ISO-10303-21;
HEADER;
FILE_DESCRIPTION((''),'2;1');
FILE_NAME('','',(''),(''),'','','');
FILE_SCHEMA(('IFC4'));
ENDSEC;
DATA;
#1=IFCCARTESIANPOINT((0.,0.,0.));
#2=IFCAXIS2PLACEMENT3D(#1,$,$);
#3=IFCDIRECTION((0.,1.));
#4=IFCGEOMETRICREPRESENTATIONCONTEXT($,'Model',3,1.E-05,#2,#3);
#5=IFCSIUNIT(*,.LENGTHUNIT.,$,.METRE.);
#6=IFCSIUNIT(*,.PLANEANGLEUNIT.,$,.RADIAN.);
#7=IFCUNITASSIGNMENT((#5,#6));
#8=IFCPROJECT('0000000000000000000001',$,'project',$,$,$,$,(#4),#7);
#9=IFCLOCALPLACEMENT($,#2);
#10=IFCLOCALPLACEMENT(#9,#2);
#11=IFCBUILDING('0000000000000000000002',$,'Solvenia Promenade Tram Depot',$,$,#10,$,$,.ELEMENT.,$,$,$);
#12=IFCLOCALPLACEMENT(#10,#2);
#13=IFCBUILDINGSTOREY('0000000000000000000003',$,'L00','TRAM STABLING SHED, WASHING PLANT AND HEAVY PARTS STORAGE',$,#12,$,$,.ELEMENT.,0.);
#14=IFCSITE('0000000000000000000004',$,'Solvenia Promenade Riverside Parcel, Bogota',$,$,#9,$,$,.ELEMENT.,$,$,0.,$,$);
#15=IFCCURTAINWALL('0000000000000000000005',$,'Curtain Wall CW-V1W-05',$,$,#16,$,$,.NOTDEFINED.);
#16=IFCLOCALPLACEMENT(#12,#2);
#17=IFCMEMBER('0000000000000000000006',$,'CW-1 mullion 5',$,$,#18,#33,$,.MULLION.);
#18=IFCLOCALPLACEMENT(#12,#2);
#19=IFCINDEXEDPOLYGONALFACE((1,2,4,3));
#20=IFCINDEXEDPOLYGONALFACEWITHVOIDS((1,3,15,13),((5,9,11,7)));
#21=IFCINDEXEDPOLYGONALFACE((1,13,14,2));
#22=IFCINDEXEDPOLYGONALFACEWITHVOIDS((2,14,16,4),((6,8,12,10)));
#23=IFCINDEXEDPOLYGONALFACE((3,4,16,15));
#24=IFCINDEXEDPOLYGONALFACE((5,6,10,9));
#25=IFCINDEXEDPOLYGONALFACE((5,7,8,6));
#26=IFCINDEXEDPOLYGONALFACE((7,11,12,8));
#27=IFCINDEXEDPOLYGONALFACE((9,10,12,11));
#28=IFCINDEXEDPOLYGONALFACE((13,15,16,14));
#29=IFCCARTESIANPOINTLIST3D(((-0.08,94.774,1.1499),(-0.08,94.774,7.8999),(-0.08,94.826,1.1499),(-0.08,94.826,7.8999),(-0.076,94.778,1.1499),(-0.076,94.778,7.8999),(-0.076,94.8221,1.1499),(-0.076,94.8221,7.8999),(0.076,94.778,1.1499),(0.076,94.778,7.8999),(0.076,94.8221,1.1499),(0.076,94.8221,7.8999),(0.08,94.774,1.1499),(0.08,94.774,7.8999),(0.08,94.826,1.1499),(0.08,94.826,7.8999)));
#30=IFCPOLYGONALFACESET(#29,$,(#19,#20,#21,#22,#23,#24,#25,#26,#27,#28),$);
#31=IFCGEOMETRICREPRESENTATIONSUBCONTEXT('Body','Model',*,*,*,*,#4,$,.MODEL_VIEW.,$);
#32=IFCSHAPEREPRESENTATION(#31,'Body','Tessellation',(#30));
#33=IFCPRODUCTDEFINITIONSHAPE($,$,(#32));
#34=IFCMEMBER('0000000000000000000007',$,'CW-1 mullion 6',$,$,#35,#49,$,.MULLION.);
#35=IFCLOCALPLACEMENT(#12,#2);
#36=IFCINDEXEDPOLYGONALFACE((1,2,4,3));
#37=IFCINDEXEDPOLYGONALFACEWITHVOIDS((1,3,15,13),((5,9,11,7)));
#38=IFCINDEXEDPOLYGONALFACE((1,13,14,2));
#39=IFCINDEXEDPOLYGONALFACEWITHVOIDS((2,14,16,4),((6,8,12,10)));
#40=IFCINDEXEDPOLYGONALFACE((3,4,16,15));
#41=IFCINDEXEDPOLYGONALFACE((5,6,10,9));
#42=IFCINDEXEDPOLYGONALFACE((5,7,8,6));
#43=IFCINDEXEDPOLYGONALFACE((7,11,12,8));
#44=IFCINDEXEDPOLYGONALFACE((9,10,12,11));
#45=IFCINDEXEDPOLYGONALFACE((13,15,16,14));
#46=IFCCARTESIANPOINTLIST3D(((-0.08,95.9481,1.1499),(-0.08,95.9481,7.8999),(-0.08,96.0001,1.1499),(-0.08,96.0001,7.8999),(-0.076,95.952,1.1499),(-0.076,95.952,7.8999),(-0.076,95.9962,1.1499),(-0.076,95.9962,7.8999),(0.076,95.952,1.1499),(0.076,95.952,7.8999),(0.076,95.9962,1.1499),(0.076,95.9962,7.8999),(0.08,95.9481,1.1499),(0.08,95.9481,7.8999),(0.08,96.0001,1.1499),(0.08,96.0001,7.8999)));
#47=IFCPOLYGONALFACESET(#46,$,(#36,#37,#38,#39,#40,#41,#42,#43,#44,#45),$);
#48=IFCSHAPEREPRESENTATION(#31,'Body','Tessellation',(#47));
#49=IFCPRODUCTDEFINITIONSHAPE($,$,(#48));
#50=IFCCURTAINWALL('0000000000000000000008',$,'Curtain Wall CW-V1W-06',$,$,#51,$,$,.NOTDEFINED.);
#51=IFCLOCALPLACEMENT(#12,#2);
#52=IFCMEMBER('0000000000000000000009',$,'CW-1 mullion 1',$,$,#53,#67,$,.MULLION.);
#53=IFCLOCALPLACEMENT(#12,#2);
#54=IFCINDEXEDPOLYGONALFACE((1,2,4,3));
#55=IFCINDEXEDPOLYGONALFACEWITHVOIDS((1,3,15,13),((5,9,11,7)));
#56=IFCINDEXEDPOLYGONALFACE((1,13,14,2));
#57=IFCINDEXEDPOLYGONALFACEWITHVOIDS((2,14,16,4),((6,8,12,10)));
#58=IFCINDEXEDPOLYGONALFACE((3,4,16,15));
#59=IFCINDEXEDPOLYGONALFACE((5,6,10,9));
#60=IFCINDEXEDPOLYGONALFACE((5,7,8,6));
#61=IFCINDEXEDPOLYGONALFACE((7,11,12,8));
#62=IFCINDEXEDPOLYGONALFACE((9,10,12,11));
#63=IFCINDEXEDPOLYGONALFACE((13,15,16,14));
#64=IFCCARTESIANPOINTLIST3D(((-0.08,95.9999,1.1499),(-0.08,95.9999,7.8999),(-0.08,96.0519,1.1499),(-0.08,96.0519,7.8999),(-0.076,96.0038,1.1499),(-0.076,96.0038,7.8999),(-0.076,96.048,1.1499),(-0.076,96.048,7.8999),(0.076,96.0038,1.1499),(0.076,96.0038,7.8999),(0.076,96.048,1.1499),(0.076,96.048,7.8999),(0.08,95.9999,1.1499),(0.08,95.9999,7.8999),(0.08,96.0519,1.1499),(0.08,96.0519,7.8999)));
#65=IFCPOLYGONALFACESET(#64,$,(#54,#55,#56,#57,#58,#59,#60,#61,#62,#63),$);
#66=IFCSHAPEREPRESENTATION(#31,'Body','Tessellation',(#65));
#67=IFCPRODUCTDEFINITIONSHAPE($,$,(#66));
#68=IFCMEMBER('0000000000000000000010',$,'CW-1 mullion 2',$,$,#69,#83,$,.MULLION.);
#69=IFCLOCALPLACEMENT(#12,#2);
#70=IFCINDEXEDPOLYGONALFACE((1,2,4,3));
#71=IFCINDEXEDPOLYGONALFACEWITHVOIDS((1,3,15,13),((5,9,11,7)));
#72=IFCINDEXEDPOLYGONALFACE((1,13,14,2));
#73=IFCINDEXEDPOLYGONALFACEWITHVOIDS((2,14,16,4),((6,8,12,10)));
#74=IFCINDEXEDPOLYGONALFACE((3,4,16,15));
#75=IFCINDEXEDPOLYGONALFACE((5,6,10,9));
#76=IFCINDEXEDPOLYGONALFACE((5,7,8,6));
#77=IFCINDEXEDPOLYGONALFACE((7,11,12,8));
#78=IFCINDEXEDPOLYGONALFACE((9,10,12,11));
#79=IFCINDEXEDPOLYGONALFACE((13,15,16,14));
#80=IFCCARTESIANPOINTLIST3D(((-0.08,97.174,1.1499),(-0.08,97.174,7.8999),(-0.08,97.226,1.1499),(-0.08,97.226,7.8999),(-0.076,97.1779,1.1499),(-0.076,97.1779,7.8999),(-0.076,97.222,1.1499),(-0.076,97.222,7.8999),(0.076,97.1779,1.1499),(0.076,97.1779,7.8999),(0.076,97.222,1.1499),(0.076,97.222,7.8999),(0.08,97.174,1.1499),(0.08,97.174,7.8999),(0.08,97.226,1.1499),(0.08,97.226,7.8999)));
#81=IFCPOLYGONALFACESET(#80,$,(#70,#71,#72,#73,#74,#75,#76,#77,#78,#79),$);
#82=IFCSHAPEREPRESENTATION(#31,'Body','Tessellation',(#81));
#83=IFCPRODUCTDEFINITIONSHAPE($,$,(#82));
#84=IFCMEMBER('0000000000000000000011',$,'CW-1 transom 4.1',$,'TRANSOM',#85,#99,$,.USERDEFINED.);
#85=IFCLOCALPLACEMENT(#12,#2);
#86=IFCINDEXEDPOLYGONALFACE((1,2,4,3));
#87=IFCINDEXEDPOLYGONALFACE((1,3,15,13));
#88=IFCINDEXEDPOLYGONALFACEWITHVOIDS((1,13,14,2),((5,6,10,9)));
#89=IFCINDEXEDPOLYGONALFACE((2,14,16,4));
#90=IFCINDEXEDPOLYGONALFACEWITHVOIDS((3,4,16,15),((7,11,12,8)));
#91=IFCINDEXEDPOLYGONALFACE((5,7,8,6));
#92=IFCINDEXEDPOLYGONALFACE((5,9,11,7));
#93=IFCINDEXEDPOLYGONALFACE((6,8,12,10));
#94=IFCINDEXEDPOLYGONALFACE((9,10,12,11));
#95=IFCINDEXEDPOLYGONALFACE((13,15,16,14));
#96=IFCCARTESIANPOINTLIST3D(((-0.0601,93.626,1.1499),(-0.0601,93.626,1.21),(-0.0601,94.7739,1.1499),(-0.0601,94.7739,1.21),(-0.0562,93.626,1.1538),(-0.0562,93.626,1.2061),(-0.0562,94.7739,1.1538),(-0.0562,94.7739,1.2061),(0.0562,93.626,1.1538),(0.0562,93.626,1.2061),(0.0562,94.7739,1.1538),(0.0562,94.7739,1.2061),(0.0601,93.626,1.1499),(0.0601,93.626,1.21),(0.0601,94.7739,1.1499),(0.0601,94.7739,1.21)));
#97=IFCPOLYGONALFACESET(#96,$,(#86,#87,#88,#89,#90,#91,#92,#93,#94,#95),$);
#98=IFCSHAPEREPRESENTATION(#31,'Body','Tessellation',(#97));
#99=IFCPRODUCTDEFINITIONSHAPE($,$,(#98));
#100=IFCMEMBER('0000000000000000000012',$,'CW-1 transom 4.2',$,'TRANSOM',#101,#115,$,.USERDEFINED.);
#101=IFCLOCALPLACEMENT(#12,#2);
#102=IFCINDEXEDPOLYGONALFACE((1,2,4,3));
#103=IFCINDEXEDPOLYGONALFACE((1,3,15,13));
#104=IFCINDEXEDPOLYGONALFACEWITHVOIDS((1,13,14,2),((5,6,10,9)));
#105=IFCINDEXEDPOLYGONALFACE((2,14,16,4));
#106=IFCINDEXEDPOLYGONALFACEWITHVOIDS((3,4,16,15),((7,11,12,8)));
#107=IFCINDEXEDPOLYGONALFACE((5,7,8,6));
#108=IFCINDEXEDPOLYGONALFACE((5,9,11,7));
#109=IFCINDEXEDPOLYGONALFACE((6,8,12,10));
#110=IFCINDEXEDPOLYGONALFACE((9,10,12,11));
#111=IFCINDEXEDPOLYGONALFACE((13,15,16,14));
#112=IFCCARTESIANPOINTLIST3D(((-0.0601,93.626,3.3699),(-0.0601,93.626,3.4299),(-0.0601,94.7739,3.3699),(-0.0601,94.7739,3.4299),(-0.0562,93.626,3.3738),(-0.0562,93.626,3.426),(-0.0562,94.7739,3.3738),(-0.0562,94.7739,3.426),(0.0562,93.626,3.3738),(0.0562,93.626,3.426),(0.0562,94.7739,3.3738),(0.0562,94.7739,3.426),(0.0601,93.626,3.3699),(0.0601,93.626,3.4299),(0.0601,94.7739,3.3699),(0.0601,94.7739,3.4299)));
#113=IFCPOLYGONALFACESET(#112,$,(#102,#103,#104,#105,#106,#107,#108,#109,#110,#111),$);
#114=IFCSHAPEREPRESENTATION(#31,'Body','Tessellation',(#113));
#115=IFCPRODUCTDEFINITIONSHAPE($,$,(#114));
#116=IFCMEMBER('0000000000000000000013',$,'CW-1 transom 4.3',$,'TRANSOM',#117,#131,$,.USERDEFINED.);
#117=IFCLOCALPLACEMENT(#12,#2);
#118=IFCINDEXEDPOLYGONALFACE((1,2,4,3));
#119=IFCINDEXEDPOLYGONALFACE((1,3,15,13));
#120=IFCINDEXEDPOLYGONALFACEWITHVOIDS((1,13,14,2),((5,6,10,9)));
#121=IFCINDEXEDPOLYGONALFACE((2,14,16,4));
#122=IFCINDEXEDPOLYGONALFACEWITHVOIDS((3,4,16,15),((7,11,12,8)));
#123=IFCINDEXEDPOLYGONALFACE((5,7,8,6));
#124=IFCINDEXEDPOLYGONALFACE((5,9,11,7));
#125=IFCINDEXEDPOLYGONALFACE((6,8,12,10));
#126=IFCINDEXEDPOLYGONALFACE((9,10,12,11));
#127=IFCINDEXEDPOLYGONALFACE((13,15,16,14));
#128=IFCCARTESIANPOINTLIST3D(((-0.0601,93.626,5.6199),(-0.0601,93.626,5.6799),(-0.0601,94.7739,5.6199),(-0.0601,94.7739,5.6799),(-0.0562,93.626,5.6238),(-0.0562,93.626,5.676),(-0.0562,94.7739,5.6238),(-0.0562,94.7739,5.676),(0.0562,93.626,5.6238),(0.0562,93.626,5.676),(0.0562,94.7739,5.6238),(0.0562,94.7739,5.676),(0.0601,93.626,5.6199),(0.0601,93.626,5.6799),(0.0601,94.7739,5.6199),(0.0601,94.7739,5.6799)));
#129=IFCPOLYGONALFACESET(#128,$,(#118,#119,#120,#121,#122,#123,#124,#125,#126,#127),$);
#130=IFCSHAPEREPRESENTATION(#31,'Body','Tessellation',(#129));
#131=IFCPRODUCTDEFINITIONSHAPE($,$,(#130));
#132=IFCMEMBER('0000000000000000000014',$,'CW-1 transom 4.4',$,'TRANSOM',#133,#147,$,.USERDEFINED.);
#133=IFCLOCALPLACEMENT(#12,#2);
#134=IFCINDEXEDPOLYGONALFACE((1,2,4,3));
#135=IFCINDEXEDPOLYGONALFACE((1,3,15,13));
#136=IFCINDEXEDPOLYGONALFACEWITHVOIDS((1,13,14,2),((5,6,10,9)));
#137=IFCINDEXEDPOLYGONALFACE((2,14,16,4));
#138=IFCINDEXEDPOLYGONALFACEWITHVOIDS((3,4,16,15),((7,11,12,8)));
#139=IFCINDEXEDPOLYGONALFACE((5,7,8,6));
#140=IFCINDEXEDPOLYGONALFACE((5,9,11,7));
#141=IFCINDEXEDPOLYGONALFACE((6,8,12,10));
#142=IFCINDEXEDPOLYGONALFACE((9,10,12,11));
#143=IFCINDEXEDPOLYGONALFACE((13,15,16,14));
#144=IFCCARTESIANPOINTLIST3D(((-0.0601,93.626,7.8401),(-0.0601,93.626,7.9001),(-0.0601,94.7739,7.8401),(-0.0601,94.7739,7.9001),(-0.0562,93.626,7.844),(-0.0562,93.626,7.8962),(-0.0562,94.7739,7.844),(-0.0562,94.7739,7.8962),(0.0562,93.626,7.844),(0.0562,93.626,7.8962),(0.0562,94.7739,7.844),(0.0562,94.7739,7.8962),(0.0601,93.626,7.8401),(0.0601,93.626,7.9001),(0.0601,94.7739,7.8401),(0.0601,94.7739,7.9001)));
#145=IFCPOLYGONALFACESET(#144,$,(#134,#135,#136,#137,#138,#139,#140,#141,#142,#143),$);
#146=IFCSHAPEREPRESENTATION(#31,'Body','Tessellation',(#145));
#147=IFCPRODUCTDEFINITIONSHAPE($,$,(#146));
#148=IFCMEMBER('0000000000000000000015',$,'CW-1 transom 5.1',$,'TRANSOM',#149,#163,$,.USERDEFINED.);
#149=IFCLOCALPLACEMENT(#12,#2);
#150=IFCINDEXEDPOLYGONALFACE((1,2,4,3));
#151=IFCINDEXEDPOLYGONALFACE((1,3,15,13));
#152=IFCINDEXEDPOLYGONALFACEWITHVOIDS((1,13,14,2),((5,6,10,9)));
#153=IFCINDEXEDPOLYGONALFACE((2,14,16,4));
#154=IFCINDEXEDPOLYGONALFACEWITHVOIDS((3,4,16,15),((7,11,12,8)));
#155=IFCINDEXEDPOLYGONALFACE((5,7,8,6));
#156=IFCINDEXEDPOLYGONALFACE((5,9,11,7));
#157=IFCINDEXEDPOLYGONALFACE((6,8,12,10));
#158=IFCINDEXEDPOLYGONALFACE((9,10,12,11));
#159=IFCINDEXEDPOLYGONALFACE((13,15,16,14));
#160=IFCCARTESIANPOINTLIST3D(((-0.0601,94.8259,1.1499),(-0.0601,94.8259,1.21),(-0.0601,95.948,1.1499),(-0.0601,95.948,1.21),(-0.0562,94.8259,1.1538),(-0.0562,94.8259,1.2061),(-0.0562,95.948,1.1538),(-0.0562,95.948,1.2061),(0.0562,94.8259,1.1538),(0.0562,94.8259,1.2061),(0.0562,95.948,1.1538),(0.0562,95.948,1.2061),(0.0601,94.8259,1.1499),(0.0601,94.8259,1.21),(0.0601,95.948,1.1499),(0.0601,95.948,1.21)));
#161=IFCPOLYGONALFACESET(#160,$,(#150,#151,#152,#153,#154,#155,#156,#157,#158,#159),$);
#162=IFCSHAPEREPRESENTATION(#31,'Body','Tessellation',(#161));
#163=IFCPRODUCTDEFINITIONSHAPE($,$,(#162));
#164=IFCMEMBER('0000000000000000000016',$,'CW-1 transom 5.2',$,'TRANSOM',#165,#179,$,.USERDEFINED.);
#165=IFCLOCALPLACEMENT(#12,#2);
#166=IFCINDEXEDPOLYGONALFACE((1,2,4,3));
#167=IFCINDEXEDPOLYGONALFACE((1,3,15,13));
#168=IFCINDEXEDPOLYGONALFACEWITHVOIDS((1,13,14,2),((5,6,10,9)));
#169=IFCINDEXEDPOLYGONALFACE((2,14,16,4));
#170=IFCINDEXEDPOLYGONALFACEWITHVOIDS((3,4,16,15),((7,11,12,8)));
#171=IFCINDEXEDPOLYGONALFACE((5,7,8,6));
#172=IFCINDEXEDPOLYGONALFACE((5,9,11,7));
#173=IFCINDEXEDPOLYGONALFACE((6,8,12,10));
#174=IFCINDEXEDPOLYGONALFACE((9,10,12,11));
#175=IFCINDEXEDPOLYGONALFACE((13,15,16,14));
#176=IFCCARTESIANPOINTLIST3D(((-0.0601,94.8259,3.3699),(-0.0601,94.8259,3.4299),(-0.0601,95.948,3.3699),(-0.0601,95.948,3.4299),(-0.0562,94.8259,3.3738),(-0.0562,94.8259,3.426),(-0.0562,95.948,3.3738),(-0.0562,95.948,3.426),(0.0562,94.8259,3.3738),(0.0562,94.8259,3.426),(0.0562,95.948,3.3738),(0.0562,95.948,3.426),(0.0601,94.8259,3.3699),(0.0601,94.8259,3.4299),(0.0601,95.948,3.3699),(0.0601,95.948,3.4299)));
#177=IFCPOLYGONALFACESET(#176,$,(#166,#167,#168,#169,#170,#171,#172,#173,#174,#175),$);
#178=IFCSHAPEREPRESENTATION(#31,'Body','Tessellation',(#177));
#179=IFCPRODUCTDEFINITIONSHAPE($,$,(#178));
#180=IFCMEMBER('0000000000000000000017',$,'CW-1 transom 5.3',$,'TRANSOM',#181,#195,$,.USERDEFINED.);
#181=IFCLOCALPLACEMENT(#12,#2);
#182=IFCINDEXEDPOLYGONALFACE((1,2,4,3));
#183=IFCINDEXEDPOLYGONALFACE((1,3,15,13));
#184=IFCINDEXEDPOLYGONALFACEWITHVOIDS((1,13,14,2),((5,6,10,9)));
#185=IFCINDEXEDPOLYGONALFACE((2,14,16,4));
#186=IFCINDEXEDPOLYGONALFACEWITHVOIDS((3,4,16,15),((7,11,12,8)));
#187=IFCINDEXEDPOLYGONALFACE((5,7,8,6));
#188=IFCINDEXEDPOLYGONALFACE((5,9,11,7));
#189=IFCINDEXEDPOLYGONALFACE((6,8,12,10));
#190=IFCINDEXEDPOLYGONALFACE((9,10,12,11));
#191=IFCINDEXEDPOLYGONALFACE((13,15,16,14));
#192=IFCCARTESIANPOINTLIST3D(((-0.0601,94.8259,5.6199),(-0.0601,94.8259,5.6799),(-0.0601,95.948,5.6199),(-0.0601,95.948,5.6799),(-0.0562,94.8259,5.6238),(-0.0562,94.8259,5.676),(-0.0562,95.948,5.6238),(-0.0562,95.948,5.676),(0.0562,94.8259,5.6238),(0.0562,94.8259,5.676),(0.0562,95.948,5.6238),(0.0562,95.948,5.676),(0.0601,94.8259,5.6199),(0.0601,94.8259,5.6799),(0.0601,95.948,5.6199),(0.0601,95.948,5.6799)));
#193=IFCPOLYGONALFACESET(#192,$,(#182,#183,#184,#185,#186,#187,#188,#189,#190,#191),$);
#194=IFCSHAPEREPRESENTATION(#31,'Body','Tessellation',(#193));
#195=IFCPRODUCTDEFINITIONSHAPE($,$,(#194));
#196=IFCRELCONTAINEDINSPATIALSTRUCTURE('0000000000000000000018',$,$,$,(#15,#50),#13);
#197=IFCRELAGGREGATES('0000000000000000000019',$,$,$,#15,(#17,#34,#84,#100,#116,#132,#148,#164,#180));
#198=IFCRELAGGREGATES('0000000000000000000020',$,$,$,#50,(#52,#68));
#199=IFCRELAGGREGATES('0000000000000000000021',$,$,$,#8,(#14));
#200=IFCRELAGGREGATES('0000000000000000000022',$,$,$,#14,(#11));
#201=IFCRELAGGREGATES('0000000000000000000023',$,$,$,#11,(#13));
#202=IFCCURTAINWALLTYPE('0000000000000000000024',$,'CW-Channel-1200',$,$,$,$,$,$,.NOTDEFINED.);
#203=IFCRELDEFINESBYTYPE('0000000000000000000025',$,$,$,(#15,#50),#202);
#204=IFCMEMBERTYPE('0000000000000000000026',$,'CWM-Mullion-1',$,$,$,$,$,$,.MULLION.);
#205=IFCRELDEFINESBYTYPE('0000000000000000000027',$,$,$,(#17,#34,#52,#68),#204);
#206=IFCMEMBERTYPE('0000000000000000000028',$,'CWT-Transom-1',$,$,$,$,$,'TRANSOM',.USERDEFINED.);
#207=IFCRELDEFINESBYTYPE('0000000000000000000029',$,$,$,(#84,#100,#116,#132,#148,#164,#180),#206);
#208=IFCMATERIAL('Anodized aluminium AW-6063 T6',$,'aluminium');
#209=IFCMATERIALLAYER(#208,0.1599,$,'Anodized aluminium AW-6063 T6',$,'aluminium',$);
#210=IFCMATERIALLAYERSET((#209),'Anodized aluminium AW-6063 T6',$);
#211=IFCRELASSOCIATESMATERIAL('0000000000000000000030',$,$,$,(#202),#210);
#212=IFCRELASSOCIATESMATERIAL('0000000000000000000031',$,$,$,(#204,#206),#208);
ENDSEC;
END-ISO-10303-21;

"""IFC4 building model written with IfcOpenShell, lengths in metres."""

from ifc_helpers import new_model, si_unit, direction, frame, origin, origin_2d, place, context, subcontext, project, spatial, hollow_rectangle, extrude, material, layer, layer_set, material_profile, profile_set, type_object, element, aggregate, save


model = new_model("IFC4")

# Units and contexts
model_context = context("Model", 3, precision=1e-05, world=origin(), true_north=direction((0.0, 1.0)))
body_context = subcontext(model_context, "Body", "Model", "MODEL_VIEW")
ifc_project = project(units=[si_unit("LENGTHUNIT", "METRE"), si_unit("PLANEANGLEUNIT", "RADIAN")], contexts=[model_context])

# Site, building, storey
site_placement = place(None, origin())
site = spatial("IfcSite", under=ifc_project, at=site_placement, Name="Solvenia Promenade Riverside Parcel, Bogota", CompositionType="ELEMENT", RefElevation=0.0)
building_placement = place(site_placement, origin())
building = spatial("IfcBuilding", under=site, at=building_placement, Name="Solvenia Promenade Tram Depot", CompositionType="ELEMENT")
storey_placement = place(building_placement, origin())
storey = spatial("IfcBuildingStorey", under=building, at=storey_placement, Name="L00", Description="TRAM STABLING SHED, WASHING PLANT AND HEAVY PARTS STORAGE", CompositionType="ELEMENT", Elevation=0.0)

# Curtain walls, members
ifc_material_1 = material(Name="Anodized aluminium AW-6063 T6", Category="aluminium")
ifc_layer_1 = layer(ifc_material_1, 0.1599, Name="Anodized aluminium AW-6063 T6", Category="aluminium")
ifc_layer_set_1 = layer_set([ifc_layer_1], Name="Anodized aluminium AW-6063 T6")
curtain_wall_type = type_object("IfcCurtainWallType", Name="CW-Channel-1200", PredefinedType="NOTDEFINED", material=ifc_layer_set_1)
curtain_wall_1_placement = place(storey_placement, origin())
curtain_wall_1 = element("IfcCurtainWall", 1, at=curtain_wall_1_placement, inside=storey, type_object=curtain_wall_type, Name="Curtain Wall CW-V1W-05", PredefinedType="NOTDEFINED")
ifc_material_profile_1 = material_profile(ifc_material_1, hollow_rectangle(XDim=0.1599, YDim=0.052, WallThickness=0.0039, at=origin_2d()), Name="ALU-M1", Category="aluminium")
ifc_profile_set_1 = profile_set([ifc_material_profile_1], Name="Anodized aluminium AW-6063 T6")
member_type_1 = type_object("IfcMemberType", Name="CWM-Mullion-1", PredefinedType="MULLION", material=ifc_profile_set_1)
member_1_placement = place(storey_placement, frame((0.0, 94.8, 1.1499), z_axis=(0.0, 0.0, 1.0), x_axis=(-1.0, 0.0, 0.0)))
member_1 = element("IfcMember", 2, at=member_1_placement, type_object=member_type_1, Name="CW-1 mullion 5", PredefinedType="MULLION", context=body_context, shape_type="SweptSolid", body=[
    extrude(hollow_rectangle(XDim=0.1599, YDim=0.052, WallThickness=0.0039, at=origin_2d()), origin(), (0.0, 0.0, 1.0), 6.75),
])
member_2_placement = place(storey_placement, frame((0.0, 95.9741, 1.1499), z_axis=(0.0, 0.0, 1.0), x_axis=(-1.0, 0.0, 0.0)))
member_2 = element("IfcMember", 3, at=member_2_placement, type_object=member_type_1, Name="CW-1 mullion 6", PredefinedType="MULLION", context=body_context, shape_type="SweptSolid", body=[
    extrude(hollow_rectangle(XDim=0.1599, YDim=0.052, WallThickness=0.0039, at=origin_2d()), origin(), (0.0, 0.0, 1.0), 6.75),
])
curtain_wall_2_placement = place(storey_placement, origin())
curtain_wall_2 = element("IfcCurtainWall", 4, at=curtain_wall_2_placement, inside=storey, type_object=curtain_wall_type, Name="Curtain Wall CW-V1W-06", PredefinedType="NOTDEFINED")
member_3_placement = place(storey_placement, frame((0.0, 96.0259, 1.1499), z_axis=(0.0, 0.0, 1.0), x_axis=(-1.0, 0.0, 0.0)))
member_3 = element("IfcMember", 5, at=member_3_placement, type_object=member_type_1, Name="CW-1 mullion 1", PredefinedType="MULLION", context=body_context, shape_type="SweptSolid", body=[
    extrude(hollow_rectangle(XDim=0.1599, YDim=0.052, WallThickness=0.0039, at=origin_2d()), origin(), (0.0, 0.0, 1.0), 6.75),
])
member_4_placement = place(storey_placement, frame((0.0, 97.2, 1.1499), z_axis=(0.0, 0.0, 1.0), x_axis=(-1.0, 0.0, 0.0)))
member_4 = element("IfcMember", 6, at=member_4_placement, type_object=member_type_1, Name="CW-1 mullion 2", PredefinedType="MULLION", context=body_context, shape_type="SweptSolid", body=[
    extrude(hollow_rectangle(XDim=0.1599, YDim=0.052, WallThickness=0.0039, at=origin_2d()), origin(), (0.0, 0.0, 1.0), 6.75),
])

# Members
ifc_material_profile_2 = material_profile(ifc_material_1, hollow_rectangle(XDim=0.1201, YDim=0.0601, WallThickness=0.0039, at=origin_2d()), Name="ALU-T1", Category="aluminium")
ifc_profile_set_2 = profile_set([ifc_material_profile_2], Name="Anodized aluminium AW-6063 T6")
member_type_2 = type_object("IfcMemberType", Name="CWT-Transom-1", ElementType="TRANSOM", PredefinedType="USERDEFINED", material=ifc_profile_set_2)
member_5_placement = place(storey_placement, frame((0.0, 93.626, 1.1799), z_axis=(0.0, 1.0, 0.0), x_axis=(-1.0, 0.0, 0.0)))
member_5 = element("IfcMember", 7, at=member_5_placement, type_object=member_type_2, Name="CW-1 transom 4.1", ObjectType="TRANSOM", PredefinedType="USERDEFINED", context=body_context, shape_type="SweptSolid", body=[
    extrude(hollow_rectangle(XDim=0.1201, YDim=0.0601, WallThickness=0.0039, at=origin_2d()), origin(), (0.0, 0.0, 1.0), 1.1479),
])
member_6_placement = place(storey_placement, frame((0.0, 93.626, 3.3999), z_axis=(0.0, 1.0, 0.0), x_axis=(-1.0, 0.0, 0.0)))
member_6 = element("IfcMember", 8, at=member_6_placement, type_object=member_type_2, Name="CW-1 transom 4.2", ObjectType="TRANSOM", PredefinedType="USERDEFINED", context=body_context, shape_type="SweptSolid", body=[
    extrude(hollow_rectangle(XDim=0.1201, YDim=0.0601, WallThickness=0.0039, at=origin_2d()), origin(), (0.0, 0.0, 1.0), 1.1479),
])
member_7_placement = place(storey_placement, frame((0.0, 93.626, 5.6499), z_axis=(0.0, 1.0, 0.0), x_axis=(-1.0, 0.0, 0.0)))
member_7 = element("IfcMember", 9, at=member_7_placement, type_object=member_type_2, Name="CW-1 transom 4.3", ObjectType="TRANSOM", PredefinedType="USERDEFINED", context=body_context, shape_type="SweptSolid", body=[
    extrude(hollow_rectangle(XDim=0.1201, YDim=0.0601, WallThickness=0.0039, at=origin_2d()), origin(), (0.0, 0.0, 1.0), 1.1479),
])
member_8_placement = place(storey_placement, frame((0.0, 93.626, 7.8701), z_axis=(0.0, 1.0, 0.0), x_axis=(-1.0, 0.0, 0.0)))
member_8 = element("IfcMember", 10, at=member_8_placement, type_object=member_type_2, Name="CW-1 transom 4.4", ObjectType="TRANSOM", PredefinedType="USERDEFINED", context=body_context, shape_type="SweptSolid", body=[
    extrude(hollow_rectangle(XDim=0.1201, YDim=0.0601, WallThickness=0.0039, at=origin_2d()), origin(), (0.0, 0.0, 1.0), 1.1479),
])
member_9_placement = place(storey_placement, frame((0.0, 94.8259, 1.1799), z_axis=(0.0, 1.0, 0.0), x_axis=(-1.0, 0.0, 0.0)))
member_9 = element("IfcMember", 11, at=member_9_placement, type_object=member_type_2, Name="CW-1 transom 5.1", ObjectType="TRANSOM", PredefinedType="USERDEFINED", context=body_context, shape_type="SweptSolid", body=[
    extrude(hollow_rectangle(XDim=0.1201, YDim=0.0601, WallThickness=0.0039, at=origin_2d()), origin(), (0.0, 0.0, 1.0), 1.1221),
])
member_10_placement = place(storey_placement, frame((0.0, 94.8259, 3.3999), z_axis=(0.0, 1.0, 0.0), x_axis=(-1.0, 0.0, 0.0)))
member_10 = element("IfcMember", 12, at=member_10_placement, type_object=member_type_2, Name="CW-1 transom 5.2", ObjectType="TRANSOM", PredefinedType="USERDEFINED", context=body_context, shape_type="SweptSolid", body=[
    extrude(hollow_rectangle(XDim=0.1201, YDim=0.0601, WallThickness=0.0039, at=origin_2d()), origin(), (0.0, 0.0, 1.0), 1.1221),
])
member_11_placement = place(storey_placement, frame((0.0, 94.8259, 5.6499), z_axis=(0.0, 1.0, 0.0), x_axis=(-1.0, 0.0, 0.0)))
member_11 = element("IfcMember", 13, at=member_11_placement, type_object=member_type_2, Name="CW-1 transom 5.3", ObjectType="TRANSOM", PredefinedType="USERDEFINED", context=body_context, shape_type="SweptSolid", body=[
    extrude(hollow_rectangle(XDim=0.1201, YDim=0.0601, WallThickness=0.0039, at=origin_2d()), origin(), (0.0, 0.0, 1.0), 1.1221),
])

aggregate(curtain_wall_1, [member_1, member_2, member_5, member_6, member_7, member_8, member_9, member_10, member_11])
aggregate(curtain_wall_2, [member_3, member_4])

save(model, "model.ifc")
